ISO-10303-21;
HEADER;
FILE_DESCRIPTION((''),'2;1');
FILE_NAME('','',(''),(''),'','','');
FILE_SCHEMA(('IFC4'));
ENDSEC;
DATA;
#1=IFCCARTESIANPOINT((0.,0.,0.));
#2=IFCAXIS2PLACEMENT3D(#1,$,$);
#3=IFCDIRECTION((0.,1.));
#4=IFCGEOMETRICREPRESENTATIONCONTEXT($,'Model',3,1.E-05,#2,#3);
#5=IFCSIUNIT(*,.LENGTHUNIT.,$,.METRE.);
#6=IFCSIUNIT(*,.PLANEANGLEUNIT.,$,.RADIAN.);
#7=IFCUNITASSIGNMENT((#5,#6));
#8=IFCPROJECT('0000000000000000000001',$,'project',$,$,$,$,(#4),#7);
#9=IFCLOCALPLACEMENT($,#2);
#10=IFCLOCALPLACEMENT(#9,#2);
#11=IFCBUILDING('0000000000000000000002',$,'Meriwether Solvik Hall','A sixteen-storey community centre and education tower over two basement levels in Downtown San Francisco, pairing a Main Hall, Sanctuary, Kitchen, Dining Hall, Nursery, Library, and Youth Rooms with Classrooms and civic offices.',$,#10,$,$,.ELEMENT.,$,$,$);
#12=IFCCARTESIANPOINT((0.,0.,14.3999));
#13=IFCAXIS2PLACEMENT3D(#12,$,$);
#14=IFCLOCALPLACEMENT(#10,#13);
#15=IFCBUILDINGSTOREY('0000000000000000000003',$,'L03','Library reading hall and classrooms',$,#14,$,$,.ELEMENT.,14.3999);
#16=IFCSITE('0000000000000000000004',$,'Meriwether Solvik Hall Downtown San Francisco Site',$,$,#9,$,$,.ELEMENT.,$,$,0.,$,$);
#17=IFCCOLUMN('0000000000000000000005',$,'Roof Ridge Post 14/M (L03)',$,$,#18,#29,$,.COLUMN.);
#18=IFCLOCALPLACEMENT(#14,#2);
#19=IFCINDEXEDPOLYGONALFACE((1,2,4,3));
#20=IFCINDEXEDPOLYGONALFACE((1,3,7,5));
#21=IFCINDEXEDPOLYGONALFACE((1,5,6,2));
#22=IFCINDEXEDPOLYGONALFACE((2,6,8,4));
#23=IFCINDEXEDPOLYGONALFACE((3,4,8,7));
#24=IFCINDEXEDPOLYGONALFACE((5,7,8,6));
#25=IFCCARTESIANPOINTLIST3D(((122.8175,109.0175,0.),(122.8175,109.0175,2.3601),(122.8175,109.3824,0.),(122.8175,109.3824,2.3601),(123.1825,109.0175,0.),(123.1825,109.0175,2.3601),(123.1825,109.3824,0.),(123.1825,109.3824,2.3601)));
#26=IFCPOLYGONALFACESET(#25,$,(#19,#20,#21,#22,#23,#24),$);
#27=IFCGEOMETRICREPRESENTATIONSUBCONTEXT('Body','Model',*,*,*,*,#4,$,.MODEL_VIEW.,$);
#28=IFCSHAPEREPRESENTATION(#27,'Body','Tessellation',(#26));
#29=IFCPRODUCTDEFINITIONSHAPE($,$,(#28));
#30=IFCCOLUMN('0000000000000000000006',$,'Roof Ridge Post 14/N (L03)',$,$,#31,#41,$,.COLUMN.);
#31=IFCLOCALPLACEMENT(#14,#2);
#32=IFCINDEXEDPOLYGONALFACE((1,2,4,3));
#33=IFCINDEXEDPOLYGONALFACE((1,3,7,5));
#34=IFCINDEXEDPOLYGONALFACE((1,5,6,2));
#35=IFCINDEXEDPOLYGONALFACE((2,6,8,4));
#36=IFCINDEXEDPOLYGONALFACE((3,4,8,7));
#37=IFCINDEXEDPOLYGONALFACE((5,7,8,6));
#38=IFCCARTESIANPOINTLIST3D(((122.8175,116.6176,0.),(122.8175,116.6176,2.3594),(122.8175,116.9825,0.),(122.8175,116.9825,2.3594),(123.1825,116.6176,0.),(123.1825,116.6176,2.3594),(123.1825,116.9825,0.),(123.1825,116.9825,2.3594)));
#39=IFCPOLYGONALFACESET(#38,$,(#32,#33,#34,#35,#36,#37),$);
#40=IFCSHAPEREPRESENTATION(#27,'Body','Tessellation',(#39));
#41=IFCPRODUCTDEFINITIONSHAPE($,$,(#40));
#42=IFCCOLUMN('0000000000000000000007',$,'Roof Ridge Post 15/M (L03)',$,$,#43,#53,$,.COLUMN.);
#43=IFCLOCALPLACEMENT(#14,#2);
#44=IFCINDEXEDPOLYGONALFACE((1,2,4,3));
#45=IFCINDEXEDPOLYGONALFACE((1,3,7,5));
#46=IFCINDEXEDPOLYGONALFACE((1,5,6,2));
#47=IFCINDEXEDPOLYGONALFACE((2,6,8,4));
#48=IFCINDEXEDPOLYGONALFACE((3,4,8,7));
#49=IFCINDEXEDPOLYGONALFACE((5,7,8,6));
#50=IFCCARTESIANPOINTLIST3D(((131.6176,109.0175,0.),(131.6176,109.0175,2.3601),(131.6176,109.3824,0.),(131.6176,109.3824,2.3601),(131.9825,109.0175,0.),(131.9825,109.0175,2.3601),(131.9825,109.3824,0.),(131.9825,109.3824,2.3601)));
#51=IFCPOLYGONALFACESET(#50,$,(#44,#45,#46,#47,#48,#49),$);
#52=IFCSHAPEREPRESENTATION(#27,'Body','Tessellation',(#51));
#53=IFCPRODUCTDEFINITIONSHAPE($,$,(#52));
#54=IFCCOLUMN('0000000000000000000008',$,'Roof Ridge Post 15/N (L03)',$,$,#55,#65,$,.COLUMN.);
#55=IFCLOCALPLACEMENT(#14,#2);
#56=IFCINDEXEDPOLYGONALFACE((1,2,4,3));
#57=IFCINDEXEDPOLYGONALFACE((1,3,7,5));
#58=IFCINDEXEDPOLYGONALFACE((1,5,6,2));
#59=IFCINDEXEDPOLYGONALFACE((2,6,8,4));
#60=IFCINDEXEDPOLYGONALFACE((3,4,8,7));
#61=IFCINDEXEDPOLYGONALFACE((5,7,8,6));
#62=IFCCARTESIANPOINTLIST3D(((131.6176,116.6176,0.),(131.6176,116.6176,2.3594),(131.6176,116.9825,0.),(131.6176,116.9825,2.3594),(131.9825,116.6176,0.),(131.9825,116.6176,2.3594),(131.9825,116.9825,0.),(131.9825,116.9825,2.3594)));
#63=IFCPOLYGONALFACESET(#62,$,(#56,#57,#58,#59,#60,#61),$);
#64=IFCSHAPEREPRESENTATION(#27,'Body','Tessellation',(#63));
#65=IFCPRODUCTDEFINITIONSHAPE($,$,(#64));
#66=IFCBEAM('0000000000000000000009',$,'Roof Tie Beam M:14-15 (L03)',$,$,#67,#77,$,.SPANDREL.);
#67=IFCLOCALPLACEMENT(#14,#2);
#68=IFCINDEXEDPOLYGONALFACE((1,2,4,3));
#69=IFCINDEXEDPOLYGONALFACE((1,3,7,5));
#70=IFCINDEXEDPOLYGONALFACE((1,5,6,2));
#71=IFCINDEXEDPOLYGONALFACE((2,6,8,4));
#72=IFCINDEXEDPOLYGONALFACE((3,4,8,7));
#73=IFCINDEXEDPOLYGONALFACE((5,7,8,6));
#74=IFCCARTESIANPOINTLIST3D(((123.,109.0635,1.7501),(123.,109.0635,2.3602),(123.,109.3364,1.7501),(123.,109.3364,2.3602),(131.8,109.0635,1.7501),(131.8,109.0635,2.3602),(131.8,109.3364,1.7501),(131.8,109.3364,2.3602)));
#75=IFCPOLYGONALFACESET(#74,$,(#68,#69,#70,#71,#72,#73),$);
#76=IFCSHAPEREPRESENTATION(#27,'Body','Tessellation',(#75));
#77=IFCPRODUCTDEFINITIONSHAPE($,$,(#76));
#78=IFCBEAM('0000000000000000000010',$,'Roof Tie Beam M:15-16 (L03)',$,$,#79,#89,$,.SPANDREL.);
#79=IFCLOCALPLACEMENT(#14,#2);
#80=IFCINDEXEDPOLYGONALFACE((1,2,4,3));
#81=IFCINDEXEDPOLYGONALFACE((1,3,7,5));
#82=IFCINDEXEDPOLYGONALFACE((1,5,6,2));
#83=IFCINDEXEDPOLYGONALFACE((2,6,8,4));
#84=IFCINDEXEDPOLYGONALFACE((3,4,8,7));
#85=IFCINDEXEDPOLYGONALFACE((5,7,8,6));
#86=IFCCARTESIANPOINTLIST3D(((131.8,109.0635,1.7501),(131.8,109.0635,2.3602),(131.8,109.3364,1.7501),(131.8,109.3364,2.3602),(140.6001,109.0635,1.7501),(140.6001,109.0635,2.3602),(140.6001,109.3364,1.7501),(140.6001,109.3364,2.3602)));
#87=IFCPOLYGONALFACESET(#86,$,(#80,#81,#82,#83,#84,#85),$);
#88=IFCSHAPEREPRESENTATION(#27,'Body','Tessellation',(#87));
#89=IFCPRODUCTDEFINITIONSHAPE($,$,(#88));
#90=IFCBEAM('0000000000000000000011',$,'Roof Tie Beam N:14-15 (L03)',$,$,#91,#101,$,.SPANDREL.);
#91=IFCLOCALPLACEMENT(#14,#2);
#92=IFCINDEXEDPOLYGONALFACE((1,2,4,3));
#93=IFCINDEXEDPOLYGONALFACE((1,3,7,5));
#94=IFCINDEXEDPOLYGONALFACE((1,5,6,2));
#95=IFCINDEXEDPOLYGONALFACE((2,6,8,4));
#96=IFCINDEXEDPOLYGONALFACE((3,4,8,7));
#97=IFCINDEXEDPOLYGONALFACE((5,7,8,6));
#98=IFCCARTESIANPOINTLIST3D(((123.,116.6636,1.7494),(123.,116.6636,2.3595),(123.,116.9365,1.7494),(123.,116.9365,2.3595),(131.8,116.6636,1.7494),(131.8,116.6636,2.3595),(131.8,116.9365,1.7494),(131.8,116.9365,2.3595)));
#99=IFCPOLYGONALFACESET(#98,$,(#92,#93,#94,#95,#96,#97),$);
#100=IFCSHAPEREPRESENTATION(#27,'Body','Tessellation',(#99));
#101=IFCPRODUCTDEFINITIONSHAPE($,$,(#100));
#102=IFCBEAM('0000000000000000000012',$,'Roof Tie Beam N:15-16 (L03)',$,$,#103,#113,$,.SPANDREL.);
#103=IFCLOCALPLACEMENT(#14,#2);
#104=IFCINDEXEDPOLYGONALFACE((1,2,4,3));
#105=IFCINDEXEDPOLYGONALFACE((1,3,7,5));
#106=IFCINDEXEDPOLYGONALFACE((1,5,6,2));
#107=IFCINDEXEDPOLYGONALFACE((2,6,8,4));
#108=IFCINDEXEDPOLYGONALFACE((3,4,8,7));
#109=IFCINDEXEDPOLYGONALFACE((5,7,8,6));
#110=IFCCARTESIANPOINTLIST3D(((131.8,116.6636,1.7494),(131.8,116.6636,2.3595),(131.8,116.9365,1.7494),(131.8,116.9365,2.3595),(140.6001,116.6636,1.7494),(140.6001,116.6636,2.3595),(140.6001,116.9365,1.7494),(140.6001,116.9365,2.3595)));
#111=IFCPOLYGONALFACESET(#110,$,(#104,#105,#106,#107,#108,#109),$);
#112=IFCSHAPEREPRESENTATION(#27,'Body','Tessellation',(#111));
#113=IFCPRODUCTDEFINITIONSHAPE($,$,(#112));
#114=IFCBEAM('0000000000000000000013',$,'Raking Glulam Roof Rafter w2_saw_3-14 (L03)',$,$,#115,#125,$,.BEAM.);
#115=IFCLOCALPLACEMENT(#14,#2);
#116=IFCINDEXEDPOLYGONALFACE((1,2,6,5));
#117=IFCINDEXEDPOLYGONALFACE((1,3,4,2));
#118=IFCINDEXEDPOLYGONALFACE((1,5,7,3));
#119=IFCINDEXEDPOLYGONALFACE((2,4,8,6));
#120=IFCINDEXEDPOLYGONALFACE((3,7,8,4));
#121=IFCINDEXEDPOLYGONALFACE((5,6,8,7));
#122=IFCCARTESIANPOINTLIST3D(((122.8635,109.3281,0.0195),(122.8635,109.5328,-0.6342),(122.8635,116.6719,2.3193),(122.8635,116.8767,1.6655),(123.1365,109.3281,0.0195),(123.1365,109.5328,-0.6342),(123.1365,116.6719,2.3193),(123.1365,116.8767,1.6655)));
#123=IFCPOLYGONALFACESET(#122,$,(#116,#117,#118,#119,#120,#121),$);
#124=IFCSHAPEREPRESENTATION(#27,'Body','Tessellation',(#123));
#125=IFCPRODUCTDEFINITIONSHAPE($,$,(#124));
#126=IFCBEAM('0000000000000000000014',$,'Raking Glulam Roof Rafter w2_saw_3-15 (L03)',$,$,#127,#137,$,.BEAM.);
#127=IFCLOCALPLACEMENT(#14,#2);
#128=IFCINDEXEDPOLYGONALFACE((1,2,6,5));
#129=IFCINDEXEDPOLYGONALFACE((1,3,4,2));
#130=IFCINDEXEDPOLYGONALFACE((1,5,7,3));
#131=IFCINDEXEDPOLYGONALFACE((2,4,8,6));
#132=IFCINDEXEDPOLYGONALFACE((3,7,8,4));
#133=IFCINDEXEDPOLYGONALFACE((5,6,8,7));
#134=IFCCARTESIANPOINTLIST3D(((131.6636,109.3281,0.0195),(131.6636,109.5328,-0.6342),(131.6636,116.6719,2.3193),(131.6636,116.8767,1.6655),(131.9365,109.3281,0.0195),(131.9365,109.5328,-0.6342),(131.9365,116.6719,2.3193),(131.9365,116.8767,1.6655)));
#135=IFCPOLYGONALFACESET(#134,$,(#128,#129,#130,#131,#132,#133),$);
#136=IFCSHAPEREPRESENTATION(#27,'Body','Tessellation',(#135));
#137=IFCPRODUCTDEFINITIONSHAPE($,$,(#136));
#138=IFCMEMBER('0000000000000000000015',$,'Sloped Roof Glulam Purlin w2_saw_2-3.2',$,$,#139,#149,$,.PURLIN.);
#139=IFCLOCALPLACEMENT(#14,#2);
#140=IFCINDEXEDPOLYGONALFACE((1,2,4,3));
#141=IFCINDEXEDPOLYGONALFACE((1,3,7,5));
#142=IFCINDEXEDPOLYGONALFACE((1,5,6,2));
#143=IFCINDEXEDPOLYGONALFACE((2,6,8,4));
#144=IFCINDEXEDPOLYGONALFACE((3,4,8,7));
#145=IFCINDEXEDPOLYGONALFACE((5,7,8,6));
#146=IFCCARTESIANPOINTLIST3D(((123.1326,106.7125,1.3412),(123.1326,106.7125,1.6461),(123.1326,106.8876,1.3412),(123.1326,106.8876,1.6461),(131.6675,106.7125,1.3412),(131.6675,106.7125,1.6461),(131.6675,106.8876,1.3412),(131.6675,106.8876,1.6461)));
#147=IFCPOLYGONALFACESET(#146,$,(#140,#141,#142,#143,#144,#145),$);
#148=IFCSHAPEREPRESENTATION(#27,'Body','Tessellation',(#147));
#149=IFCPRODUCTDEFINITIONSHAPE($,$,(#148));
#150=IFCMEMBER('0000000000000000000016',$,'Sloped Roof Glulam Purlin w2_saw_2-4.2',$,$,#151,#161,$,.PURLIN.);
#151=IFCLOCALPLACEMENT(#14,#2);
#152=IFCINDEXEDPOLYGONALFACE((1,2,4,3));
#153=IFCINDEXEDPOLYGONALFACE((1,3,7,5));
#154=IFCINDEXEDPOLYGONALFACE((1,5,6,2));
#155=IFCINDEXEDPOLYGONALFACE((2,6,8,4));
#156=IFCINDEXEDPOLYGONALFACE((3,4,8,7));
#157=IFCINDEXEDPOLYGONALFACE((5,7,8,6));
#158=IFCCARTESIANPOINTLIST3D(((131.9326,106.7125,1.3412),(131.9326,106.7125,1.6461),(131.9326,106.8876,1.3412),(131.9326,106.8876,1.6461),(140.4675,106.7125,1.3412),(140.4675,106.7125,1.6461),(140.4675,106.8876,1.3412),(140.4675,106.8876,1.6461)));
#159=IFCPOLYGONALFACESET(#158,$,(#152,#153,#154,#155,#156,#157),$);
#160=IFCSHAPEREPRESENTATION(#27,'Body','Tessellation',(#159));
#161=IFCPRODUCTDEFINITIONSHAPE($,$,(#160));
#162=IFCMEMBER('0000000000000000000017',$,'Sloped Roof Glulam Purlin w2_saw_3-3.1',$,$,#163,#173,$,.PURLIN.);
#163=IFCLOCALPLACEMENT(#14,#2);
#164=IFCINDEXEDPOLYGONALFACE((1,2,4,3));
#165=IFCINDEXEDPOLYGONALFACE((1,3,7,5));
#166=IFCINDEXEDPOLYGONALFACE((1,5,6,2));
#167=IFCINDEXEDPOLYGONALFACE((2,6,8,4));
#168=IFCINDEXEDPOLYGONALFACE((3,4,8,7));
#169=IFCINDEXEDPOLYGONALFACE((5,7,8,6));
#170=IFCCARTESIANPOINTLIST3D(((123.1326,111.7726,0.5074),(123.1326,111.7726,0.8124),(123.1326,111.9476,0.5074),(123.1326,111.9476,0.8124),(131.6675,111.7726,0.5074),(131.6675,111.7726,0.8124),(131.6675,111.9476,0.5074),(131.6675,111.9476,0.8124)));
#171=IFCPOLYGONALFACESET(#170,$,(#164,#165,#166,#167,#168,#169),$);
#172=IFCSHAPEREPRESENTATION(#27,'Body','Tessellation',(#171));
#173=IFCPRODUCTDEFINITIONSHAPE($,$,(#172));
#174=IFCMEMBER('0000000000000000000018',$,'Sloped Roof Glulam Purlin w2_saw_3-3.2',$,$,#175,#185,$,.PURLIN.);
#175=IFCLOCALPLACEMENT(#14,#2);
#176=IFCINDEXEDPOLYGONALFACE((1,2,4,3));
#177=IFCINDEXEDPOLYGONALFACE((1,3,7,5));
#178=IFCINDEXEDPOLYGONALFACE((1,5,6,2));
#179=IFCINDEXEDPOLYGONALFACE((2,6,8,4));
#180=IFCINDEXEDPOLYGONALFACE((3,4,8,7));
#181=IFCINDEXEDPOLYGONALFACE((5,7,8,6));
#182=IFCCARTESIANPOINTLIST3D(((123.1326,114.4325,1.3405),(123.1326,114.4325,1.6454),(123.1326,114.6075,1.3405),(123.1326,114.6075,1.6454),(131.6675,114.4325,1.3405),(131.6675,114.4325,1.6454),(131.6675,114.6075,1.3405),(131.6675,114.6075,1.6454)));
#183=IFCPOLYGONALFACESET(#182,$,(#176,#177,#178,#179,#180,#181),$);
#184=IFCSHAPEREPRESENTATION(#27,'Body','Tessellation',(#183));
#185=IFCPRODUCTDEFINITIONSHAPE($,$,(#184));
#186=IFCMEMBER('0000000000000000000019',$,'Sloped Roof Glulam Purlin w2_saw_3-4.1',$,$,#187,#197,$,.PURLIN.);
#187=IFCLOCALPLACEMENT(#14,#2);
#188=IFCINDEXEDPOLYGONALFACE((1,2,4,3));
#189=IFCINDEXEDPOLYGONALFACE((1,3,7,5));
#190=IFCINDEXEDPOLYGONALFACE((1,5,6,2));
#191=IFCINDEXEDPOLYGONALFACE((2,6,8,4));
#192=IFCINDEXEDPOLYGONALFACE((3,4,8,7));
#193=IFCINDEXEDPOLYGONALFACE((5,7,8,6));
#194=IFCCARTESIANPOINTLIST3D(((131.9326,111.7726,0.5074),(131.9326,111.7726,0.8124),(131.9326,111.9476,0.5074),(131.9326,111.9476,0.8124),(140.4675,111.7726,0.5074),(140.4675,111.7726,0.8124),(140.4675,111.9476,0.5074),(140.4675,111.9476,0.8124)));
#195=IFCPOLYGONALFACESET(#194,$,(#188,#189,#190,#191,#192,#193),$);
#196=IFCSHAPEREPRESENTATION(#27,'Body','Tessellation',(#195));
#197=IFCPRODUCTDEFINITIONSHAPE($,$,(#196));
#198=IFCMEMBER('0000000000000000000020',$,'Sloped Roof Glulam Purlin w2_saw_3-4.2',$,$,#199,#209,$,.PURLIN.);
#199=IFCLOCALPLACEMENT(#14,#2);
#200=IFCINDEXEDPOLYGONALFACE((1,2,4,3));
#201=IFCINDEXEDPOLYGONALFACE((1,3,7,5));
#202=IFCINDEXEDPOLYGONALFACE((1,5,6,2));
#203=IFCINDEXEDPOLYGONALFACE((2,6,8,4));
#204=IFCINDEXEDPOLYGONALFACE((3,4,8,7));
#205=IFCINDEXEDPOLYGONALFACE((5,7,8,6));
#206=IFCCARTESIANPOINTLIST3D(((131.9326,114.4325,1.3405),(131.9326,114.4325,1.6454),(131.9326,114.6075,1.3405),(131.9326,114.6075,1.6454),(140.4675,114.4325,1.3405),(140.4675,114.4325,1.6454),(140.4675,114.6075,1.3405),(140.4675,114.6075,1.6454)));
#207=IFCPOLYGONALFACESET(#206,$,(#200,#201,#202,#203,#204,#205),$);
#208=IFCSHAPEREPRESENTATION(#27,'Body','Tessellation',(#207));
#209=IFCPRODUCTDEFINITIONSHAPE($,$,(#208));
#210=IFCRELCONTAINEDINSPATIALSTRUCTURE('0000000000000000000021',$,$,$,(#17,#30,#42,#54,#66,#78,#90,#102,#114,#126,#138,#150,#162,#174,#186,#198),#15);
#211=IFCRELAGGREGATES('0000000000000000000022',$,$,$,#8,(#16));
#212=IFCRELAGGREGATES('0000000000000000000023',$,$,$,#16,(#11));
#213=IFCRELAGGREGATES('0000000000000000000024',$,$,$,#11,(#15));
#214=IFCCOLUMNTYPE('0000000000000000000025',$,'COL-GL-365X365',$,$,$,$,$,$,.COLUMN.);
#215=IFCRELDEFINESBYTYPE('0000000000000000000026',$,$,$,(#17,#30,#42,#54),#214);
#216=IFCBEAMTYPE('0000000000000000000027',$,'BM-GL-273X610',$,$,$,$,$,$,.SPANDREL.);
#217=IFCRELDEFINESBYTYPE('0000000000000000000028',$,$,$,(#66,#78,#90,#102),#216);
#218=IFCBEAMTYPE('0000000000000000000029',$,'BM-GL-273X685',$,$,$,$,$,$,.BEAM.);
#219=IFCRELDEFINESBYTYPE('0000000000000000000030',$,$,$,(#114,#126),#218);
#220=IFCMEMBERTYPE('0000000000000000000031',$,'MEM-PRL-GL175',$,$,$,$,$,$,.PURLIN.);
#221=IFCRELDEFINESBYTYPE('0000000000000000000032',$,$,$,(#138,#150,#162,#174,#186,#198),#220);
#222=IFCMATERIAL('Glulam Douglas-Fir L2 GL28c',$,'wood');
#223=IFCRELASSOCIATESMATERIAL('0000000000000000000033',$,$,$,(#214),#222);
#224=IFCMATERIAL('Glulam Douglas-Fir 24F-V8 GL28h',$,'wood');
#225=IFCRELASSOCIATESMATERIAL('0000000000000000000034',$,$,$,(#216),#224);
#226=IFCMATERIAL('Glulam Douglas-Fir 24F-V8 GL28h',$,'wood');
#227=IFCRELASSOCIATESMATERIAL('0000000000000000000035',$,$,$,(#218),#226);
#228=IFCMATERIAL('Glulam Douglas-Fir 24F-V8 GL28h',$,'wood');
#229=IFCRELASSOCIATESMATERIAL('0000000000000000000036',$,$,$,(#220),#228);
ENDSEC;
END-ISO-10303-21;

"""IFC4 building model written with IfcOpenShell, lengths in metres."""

from ifc_helpers import new_model, si_unit, direction, frame, origin, origin_2d, place, context, subcontext, project, spatial, rectangle, extrude, material, material_profile, profile_set, type_object, element, save


model = new_model("IFC4")

# Units and contexts
model_context = context("Model", 3, precision=1e-05, world=origin(), true_north=direction((0.0, 1.0)))
body_context = subcontext(model_context, "Body", "Model", "MODEL_VIEW")
ifc_project = project(units=[si_unit("LENGTHUNIT", "METRE"), si_unit("PLANEANGLEUNIT", "RADIAN")], contexts=[model_context])

# Site, building, storey
site_placement = place(None, origin())
site = spatial("IfcSite", under=ifc_project, at=site_placement, Name="Meriwether Solvik Hall Downtown San Francisco Site", CompositionType="ELEMENT", RefElevation=0.0)
building_placement = place(site_placement, origin())
building = spatial("IfcBuilding", under=site, at=building_placement, Name="Meriwether Solvik Hall", Description="A sixteen-storey community centre and education tower over two basement levels in Downtown San Francisco, pairing a Main Hall, Sanctuary, Kitchen, Dining Hall, Nursery, Library, and Youth Rooms with Classrooms and civic offices.", CompositionType="ELEMENT")
storey_placement = place(building_placement, frame((0.0, 0.0, 14.3999)))
storey = spatial("IfcBuildingStorey", under=building, at=storey_placement, Name="L03", Description="Library reading hall and classrooms", CompositionType="ELEMENT", Elevation=14.3999)

# Columns
ifc_material_1 = material(Name="Glulam Douglas-Fir L2 GL28c", Category="wood")
ifc_material_profile_1 = material_profile(ifc_material_1, rectangle(XDim=0.365, YDim=0.365, at=origin_2d()), Name="GLC-365X365")
ifc_profile_set_1 = profile_set([ifc_material_profile_1], Name="Glulam Douglas-Fir L2 GL28c")
column_type = type_object("IfcColumnType", Name="COL-GL-365X365", PredefinedType="COLUMN", material=ifc_profile_set_1)
column_1_placement = place(storey_placement, frame((123.0, 109.2, 0.0), z_axis=(0.0, 0.0, 1.0), x_axis=(1.0, 0.0, 0.0)))
element("IfcColumn", 1, at=column_1_placement, inside=storey, type_object=column_type, Name="Roof Ridge Post 14/M (L03)", PredefinedType="COLUMN", context=body_context, shape_type="SweptSolid", body=[
    extrude(rectangle(XDim=0.365, YDim=0.365, at=origin_2d()), origin(), (0.0, 0.0, 1.0), 2.3601),
])
column_2_placement = place(storey_placement, frame((123.0, 116.8, 0.0), z_axis=(0.0, 0.0, 1.0), x_axis=(1.0, 0.0, 0.0)))
element("IfcColumn", 2, at=column_2_placement, inside=storey, type_object=column_type, Name="Roof Ridge Post 14/N (L03)", PredefinedType="COLUMN", context=body_context, shape_type="SweptSolid", body=[
    extrude(rectangle(XDim=0.365, YDim=0.365, at=origin_2d()), origin(), (0.0, 0.0, 1.0), 2.3594),
])
column_3_placement = place(storey_placement, frame((131.8, 109.2, 0.0), z_axis=(0.0, 0.0, 1.0), x_axis=(1.0, 0.0, 0.0)))
element("IfcColumn", 3, at=column_3_placement, inside=storey, type_object=column_type, Name="Roof Ridge Post 15/M (L03)", PredefinedType="COLUMN", context=body_context, shape_type="SweptSolid", body=[
    extrude(rectangle(XDim=0.365, YDim=0.365, at=origin_2d()), origin(), (0.0, 0.0, 1.0), 2.3601),
])
column_4_placement = place(storey_placement, frame((131.8, 116.8, 0.0), z_axis=(0.0, 0.0, 1.0), x_axis=(1.0, 0.0, 0.0)))
element("IfcColumn", 4, at=column_4_placement, inside=storey, type_object=column_type, Name="Roof Ridge Post 15/N (L03)", PredefinedType="COLUMN", context=body_context, shape_type="SweptSolid", body=[
    extrude(rectangle(XDim=0.365, YDim=0.365, at=origin_2d()), origin(), (0.0, 0.0, 1.0), 2.3594),
])

# Beams
ifc_material_2 = material(Name="Glulam Douglas-Fir 24F-V8 GL28h", Category="wood")
ifc_material_profile_2 = material_profile(ifc_material_2, rectangle(XDim=0.2729, YDim=0.6101, at=origin_2d()), Name="GLB-273X610")
ifc_profile_set_2 = profile_set([ifc_material_profile_2], Name="Glulam Douglas-Fir 24F-V8 GL28h")
beam_type_1 = type_object("IfcBeamType", Name="BM-GL-273X610", PredefinedType="SPANDREL", material=ifc_profile_set_2)
for number, where, z_axis, x_axis, name in (
    (5, (123.0, 109.2, 2.0552), (1.0, 0.0, 0.0), (0.0, 1.0, 0.0), "Roof Tie Beam M:14-15 (L03)"),
    (6, (131.8, 109.2, 2.0552), (1.0, 0.0, 0.0), (0.0, 1.0, 0.0), "Roof Tie Beam M:15-16 (L03)"),
    (7, (123.0, 116.8, 2.0544), (1.0, 0.0, 0.0), (0.0, 1.0, 0.0), "Roof Tie Beam N:14-15 (L03)"),
    (8, (131.8, 116.8, 2.0544), (1.0, 0.0, 0.0), (0.0, 1.0, 0.0), "Roof Tie Beam N:15-16 (L03)"),
):
    element("IfcBeam", number, at=place(storey_placement, frame(where, z_axis=z_axis, x_axis=x_axis)), inside=storey, type_object=beam_type_1, Name=name, PredefinedType="SPANDREL", context=body_context, shape_type="SweptSolid", body=[
        extrude(rectangle(XDim=0.2729, YDim=0.6101, at=origin_2d()), origin(), (0.0, 0.0, 1.0), 8.8),
    ])
ifc_material_3 = material(Name="Glulam Douglas-Fir 24F-V8 GL28h", Category="wood")
ifc_material_profile_3 = material_profile(ifc_material_3, rectangle(XDim=0.2729, YDim=0.6851, at=origin_2d()), Name="GLB-273X685")
ifc_profile_set_3 = profile_set([ifc_material_profile_3], Name="Glulam Douglas-Fir 24F-V8 GL28h")
beam_type_2 = type_object("IfcBeamType", Name="BM-GL-273X685", PredefinedType="BEAM", material=ifc_profile_set_3)
for number, where, z_axis, x_axis, name in (
    (9, (123.0, 109.4304, -0.3074), (0.0, 0.954302, 0.298844), (-1.0, 0.0, 0.0), "Raking Glulam Roof Rafter w2_saw_3-14 (L03)"),
    (10, (131.8, 109.4304, -0.3074), (0.0, 0.954302, 0.298844), (-1.0, 0.0, 0.0), "Raking Glulam Roof Rafter w2_saw_3-15 (L03)"),
):
    element("IfcBeam", number, at=place(storey_placement, frame(where, z_axis=z_axis, x_axis=x_axis)), inside=storey, type_object=beam_type_2, Name=name, PredefinedType="BEAM", context=body_context, shape_type="SweptSolid", body=[
        extrude(rectangle(XDim=0.2729, YDim=0.6851, at=origin_2d()), origin(), (0.0, 0.0, 1.0), 7.6956),
    ])

# Members
ifc_material_4 = material(Name="Glulam Douglas-Fir 24F-V8 GL28h", Category="wood")
ifc_material_profile_4 = material_profile(ifc_material_4, rectangle(XDim=0.175, YDim=0.3049, at=origin_2d()), Name="GLM-175X305")
ifc_profile_set_4 = profile_set([ifc_material_profile_4], Name="Glulam Douglas-Fir 24F-V8 GL28h")
member_type = type_object("IfcMemberType", Name="MEM-PRL-GL175", PredefinedType="PURLIN", material=ifc_profile_set_4)
for number, where, z_axis, x_axis, name in (
    (11, (123.1326, 106.8, 1.4937), (1.0, 0.0, 0.0), (0.0, 1.0, 0.0), "Sloped Roof Glulam Purlin w2_saw_2-3.2"),
    (12, (131.9326, 106.8, 1.4937), (1.0, 0.0, 0.0), (0.0, 1.0, 0.0), "Sloped Roof Glulam Purlin w2_saw_2-4.2"),
    (13, (123.1326, 111.8601, 0.6599), (1.0, 0.0, 0.0), (0.0, 1.0, 0.0), "Sloped Roof Glulam Purlin w2_saw_3-3.1"),
    (14, (123.1326, 114.52, 1.4929), (1.0, 0.0, 0.0), (0.0, 1.0, 0.0), "Sloped Roof Glulam Purlin w2_saw_3-3.2"),
    (15, (131.9326, 111.8601, 0.6599), (1.0, 0.0, 0.0), (0.0, 1.0, 0.0), "Sloped Roof Glulam Purlin w2_saw_3-4.1"),
    (16, (131.9326, 114.52, 1.4929), (1.0, 0.0, 0.0), (0.0, 1.0, 0.0), "Sloped Roof Glulam Purlin w2_saw_3-4.2"),
):
    element("IfcMember", number, at=place(storey_placement, frame(where, z_axis=z_axis, x_axis=x_axis)), inside=storey, type_object=member_type, Name=name, PredefinedType="PURLIN", context=body_context, shape_type="SweptSolid", body=[
        extrude(rectangle(XDim=0.175, YDim=0.3049, at=origin_2d()), origin(), (0.0, 0.0, 1.0), 8.5349),
    ])

save(model, "model.ifc")
